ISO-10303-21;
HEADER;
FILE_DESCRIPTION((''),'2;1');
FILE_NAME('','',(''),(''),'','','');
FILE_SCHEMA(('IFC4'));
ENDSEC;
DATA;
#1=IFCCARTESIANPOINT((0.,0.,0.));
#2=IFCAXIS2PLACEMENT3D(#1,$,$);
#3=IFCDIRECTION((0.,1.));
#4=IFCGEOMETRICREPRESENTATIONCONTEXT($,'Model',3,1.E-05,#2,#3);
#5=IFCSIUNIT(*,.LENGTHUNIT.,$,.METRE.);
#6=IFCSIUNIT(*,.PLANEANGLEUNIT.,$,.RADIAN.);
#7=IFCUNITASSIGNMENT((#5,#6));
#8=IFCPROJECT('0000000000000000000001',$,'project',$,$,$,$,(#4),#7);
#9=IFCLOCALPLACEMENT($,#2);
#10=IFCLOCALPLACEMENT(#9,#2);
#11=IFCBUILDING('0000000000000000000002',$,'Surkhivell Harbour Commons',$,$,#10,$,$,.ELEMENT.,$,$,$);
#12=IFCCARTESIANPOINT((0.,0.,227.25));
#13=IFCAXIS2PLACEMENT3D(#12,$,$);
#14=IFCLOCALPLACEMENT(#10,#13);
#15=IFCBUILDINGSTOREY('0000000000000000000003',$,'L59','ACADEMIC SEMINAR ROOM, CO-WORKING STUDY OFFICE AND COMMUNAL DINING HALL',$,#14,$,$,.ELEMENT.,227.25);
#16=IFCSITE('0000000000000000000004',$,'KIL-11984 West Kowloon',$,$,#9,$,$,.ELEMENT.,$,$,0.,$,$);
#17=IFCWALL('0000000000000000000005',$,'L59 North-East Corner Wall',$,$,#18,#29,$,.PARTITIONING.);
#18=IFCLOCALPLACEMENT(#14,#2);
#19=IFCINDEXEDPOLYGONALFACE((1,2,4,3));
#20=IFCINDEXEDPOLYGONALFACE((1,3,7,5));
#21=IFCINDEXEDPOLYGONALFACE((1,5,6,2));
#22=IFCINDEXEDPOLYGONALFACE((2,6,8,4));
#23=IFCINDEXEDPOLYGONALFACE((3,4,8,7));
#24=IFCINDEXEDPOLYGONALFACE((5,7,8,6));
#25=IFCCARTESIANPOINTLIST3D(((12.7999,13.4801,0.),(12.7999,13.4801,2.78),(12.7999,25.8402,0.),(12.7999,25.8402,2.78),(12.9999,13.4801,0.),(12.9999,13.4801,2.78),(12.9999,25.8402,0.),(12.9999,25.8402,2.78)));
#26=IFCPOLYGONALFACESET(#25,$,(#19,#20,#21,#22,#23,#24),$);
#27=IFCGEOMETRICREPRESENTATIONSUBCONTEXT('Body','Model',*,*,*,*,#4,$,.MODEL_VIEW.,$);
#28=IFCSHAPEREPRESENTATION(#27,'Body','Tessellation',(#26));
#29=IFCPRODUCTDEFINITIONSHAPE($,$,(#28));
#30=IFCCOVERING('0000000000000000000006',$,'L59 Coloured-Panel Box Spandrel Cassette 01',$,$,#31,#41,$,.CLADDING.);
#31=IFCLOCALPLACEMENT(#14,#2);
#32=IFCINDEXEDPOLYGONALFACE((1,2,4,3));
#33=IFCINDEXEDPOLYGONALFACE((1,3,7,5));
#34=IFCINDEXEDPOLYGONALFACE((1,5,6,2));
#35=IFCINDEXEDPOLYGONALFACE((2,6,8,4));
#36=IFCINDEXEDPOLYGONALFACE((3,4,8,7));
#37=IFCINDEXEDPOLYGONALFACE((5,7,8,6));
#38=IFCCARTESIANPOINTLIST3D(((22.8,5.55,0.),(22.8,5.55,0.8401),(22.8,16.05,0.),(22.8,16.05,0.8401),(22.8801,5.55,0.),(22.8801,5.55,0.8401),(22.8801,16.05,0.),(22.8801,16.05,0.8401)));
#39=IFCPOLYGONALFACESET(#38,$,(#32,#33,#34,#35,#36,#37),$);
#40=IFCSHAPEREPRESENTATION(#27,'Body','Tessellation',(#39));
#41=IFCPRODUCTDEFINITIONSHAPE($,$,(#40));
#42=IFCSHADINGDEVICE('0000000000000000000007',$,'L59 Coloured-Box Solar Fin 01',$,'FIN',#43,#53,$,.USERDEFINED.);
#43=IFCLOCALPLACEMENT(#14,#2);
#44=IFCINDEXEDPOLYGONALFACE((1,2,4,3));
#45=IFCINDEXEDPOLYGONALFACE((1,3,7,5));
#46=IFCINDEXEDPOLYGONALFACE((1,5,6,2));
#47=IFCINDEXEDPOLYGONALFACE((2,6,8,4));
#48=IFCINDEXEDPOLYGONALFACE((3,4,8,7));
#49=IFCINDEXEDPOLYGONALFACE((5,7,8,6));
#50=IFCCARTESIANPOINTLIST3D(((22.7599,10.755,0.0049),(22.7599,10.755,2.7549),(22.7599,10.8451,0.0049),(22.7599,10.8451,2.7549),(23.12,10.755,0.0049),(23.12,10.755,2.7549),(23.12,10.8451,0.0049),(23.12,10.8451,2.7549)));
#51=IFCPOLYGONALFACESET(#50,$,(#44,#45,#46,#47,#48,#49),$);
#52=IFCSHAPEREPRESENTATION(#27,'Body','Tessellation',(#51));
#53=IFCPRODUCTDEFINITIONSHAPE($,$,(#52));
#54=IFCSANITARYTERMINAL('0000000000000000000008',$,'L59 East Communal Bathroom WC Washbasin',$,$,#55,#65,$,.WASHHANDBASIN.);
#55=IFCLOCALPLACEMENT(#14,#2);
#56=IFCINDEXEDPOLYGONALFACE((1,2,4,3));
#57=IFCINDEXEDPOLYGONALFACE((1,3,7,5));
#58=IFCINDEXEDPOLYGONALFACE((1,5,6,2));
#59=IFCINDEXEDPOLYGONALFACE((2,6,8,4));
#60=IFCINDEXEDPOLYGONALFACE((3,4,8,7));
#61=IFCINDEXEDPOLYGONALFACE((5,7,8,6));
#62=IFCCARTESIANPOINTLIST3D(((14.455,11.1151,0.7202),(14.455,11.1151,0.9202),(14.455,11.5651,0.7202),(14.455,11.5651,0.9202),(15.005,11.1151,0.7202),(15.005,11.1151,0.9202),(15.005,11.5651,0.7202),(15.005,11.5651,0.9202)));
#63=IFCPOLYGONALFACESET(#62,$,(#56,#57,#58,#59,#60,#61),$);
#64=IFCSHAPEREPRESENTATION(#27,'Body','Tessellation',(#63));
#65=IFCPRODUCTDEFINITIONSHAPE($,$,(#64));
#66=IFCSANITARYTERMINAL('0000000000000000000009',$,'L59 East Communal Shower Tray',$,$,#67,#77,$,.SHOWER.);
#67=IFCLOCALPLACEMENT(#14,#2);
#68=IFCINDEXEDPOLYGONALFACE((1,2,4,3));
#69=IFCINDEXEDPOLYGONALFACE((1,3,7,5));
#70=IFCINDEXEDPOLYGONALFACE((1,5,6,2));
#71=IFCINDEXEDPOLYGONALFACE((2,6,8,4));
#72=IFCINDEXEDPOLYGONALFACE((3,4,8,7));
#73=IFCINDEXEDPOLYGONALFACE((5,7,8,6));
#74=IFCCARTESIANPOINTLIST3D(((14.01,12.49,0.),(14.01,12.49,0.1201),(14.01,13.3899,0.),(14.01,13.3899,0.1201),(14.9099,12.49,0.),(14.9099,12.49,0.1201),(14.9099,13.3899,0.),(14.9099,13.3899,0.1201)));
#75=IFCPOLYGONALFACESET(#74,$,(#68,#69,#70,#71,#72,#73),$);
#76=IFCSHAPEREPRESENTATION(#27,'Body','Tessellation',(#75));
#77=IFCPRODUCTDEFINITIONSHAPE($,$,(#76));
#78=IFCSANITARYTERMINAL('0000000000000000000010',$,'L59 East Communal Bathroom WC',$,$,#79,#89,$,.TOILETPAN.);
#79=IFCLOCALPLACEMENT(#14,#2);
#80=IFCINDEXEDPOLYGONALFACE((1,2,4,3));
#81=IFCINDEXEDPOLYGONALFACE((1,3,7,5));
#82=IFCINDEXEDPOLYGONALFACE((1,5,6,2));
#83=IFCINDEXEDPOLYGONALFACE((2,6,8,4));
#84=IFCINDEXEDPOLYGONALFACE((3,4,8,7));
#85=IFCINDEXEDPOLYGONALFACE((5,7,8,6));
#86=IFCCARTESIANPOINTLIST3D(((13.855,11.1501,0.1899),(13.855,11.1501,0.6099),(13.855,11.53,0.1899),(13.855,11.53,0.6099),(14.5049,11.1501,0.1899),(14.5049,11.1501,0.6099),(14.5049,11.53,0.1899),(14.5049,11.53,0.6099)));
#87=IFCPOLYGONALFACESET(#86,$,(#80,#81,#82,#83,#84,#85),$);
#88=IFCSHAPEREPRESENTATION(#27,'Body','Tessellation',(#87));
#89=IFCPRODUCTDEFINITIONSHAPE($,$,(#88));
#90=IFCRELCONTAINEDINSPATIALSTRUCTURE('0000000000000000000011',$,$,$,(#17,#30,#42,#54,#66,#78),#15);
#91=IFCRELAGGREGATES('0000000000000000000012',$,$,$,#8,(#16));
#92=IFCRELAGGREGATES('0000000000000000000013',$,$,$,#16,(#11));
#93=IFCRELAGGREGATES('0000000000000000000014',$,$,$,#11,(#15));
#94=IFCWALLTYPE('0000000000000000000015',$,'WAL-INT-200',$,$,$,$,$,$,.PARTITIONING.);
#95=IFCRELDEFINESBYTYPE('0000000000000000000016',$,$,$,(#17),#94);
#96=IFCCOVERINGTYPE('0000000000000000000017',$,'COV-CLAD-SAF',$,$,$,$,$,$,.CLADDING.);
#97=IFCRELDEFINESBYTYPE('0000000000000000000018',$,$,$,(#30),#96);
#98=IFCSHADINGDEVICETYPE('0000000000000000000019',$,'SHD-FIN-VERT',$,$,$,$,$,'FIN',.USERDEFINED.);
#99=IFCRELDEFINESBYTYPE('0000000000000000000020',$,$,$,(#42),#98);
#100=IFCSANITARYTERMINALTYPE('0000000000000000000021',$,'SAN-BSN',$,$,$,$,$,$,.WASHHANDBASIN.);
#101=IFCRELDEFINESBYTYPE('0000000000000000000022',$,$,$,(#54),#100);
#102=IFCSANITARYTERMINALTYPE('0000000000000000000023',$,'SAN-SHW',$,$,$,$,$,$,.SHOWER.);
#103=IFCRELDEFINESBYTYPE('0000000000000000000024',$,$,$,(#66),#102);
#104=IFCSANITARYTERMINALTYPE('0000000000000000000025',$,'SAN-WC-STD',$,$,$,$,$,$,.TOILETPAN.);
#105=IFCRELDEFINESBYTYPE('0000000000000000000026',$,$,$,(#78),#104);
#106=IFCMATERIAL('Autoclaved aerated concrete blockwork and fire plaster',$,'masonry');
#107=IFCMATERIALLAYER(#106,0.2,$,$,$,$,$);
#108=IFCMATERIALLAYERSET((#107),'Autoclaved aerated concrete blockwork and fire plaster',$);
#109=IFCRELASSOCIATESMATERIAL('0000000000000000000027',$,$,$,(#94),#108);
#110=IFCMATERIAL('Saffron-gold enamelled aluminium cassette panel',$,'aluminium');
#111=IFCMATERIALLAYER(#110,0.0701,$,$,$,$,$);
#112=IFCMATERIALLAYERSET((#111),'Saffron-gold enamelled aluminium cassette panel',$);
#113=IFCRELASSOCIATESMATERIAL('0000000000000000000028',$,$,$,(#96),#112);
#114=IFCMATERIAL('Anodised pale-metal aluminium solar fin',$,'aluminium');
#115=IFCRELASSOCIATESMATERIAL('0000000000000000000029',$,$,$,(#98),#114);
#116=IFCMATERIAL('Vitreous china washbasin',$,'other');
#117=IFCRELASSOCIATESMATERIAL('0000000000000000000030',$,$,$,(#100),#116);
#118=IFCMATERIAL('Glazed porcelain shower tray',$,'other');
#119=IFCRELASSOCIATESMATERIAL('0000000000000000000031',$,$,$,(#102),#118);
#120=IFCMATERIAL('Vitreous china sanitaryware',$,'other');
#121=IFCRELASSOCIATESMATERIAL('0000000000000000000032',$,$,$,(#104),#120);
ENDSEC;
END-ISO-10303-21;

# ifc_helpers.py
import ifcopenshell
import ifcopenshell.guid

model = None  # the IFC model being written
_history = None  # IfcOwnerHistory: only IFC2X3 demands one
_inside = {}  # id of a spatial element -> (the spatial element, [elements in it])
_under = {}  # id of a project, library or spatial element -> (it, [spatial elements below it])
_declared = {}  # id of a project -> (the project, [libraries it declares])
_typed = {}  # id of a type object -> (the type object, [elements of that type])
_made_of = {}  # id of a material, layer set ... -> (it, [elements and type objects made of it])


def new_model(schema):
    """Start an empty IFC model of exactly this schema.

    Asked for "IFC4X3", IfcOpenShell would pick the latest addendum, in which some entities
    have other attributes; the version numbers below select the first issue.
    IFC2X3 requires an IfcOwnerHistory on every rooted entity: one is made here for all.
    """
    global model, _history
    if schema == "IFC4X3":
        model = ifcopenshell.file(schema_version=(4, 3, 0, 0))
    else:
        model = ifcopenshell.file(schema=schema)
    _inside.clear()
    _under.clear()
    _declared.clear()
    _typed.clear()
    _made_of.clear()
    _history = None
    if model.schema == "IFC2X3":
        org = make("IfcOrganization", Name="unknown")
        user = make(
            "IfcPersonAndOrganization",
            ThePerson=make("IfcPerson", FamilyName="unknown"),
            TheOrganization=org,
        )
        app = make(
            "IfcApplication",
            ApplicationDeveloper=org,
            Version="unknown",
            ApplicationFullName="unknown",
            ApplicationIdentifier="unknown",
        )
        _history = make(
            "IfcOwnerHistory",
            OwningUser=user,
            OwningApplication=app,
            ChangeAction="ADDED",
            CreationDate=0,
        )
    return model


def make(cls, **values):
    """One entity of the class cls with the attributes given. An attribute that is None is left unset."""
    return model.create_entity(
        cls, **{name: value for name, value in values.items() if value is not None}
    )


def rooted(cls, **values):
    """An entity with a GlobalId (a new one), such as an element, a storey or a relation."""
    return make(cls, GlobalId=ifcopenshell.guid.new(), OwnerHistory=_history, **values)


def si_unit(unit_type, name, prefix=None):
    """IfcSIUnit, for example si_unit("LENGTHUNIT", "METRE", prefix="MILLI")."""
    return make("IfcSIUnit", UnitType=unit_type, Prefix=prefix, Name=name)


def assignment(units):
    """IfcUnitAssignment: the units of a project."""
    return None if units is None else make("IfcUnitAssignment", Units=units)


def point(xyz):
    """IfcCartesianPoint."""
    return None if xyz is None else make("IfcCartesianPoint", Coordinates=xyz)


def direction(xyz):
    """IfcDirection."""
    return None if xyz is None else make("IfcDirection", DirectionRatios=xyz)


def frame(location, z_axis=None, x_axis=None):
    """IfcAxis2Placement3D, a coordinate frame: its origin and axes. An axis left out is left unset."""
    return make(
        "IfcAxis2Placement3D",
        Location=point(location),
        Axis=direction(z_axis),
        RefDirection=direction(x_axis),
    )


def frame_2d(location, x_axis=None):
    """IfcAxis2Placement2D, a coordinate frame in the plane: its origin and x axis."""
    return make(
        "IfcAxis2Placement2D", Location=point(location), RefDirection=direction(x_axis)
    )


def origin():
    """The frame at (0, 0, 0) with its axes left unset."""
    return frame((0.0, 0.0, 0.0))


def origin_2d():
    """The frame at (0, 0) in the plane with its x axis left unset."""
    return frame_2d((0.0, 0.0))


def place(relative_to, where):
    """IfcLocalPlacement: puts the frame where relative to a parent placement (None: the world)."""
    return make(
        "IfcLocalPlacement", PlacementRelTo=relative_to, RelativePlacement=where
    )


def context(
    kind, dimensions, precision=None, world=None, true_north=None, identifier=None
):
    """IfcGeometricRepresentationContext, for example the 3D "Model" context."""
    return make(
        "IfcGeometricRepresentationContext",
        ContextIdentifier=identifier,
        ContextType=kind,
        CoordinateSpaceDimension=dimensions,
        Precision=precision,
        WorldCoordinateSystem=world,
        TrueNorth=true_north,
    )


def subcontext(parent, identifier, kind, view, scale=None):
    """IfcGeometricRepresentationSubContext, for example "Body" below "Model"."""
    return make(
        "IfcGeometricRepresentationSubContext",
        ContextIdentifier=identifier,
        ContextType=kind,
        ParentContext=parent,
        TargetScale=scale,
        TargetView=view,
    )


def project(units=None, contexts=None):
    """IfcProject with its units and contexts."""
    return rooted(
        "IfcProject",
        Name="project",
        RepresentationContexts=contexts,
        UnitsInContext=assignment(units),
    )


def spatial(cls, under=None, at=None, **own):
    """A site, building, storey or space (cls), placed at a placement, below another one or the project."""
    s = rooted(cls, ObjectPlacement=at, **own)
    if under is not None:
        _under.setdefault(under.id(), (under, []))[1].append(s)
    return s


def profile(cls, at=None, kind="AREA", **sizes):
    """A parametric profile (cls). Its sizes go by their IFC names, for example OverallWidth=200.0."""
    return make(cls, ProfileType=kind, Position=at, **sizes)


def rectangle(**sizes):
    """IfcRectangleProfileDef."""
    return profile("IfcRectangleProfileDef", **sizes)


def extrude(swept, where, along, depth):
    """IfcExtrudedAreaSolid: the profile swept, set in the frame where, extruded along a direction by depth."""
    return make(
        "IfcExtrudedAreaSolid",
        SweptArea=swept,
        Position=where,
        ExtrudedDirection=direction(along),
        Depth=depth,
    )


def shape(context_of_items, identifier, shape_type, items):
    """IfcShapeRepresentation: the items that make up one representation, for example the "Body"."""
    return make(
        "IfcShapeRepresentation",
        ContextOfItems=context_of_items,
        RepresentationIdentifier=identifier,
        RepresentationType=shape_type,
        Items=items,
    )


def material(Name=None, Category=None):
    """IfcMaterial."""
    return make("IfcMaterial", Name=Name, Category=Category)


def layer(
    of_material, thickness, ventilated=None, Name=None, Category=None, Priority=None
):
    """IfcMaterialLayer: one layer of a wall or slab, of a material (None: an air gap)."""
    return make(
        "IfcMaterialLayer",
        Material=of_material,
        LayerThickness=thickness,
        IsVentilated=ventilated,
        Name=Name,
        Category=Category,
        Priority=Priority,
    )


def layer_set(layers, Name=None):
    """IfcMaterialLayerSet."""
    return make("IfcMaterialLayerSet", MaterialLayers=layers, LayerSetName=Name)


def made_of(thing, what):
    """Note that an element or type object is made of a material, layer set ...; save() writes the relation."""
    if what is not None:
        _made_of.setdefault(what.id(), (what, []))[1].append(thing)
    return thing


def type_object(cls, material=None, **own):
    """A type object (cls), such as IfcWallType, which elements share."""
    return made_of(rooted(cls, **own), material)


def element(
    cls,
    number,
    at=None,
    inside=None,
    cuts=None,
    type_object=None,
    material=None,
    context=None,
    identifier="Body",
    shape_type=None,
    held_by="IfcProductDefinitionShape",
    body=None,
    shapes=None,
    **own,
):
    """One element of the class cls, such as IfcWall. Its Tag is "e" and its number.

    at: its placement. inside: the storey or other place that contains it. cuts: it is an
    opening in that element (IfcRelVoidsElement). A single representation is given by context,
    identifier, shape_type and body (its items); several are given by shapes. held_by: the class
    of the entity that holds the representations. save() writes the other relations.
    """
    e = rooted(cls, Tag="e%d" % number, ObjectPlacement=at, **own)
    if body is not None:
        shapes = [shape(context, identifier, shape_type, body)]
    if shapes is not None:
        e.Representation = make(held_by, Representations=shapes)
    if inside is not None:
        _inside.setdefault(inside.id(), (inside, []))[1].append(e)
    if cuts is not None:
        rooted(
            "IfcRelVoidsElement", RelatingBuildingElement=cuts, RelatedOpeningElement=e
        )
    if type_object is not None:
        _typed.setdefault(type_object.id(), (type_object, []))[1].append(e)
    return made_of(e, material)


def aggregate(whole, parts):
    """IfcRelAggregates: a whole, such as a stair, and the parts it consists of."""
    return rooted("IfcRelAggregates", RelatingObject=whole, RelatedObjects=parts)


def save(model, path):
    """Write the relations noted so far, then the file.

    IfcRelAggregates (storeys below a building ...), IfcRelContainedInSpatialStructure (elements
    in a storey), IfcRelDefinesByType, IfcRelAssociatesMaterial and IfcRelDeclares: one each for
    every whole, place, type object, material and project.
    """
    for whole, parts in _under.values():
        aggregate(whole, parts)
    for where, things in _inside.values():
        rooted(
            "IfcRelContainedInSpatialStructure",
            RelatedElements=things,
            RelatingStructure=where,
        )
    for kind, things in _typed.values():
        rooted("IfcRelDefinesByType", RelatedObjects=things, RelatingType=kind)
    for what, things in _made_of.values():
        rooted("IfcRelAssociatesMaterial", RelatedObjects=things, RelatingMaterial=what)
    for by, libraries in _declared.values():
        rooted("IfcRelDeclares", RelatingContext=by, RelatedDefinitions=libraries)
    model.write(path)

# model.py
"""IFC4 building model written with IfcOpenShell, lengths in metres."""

from ifc_helpers import new_model, si_unit, direction, frame, frame_2d, origin, origin_2d, place, context, subcontext, project, spatial, rectangle, extrude, material, layer, layer_set, type_object, element, save


model = new_model("IFC4")

# Units and contexts
model_context = context("Model", 3, precision=1e-05, world=origin(), true_north=direction((0.0, 1.0)))
body_context = subcontext(model_context, "Body", "Model", "MODEL_VIEW")
ifc_project = project(units=[si_unit("LENGTHUNIT", "METRE"), si_unit("PLANEANGLEUNIT", "RADIAN")], contexts=[model_context])

# Site, building, storey
site_placement = place(None, origin())
site = spatial("IfcSite", under=ifc_project, at=site_placement, Name="KIL-11984 West Kowloon", CompositionType="ELEMENT", RefElevation=0.0)
building_placement = place(site_placement, origin())
building = spatial("IfcBuilding", under=site, at=building_placement, Name="Surkhivell Harbour Commons", CompositionType="ELEMENT")
storey_placement = place(building_placement, frame((0.0, 0.0, 227.25)))
storey = spatial("IfcBuildingStorey", under=building, at=storey_placement, Name="L59", Description="ACADEMIC SEMINAR ROOM, CO-WORKING STUDY OFFICE AND COMMUNAL DINING HALL", CompositionType="ELEMENT", Elevation=227.25)

# Wall
ifc_material_1 = material(Name="Autoclaved aerated concrete blockwork and fire plaster", Category="masonry")
ifc_layer_1 = layer(ifc_material_1, 0.2)
ifc_layer_set_1 = layer_set([ifc_layer_1], Name="Autoclaved aerated concrete blockwork and fire plaster")
wall_type_1 = type_object("IfcWallType", Name="WAL-INT-200", PredefinedType="PARTITIONING", material=ifc_layer_set_1)
wall_1_placement = place(storey_placement, frame((12.8999, 13.48, 0.0), z_axis=(0.0, 0.0, 1.0), x_axis=(0.0, 1.0, 0.0)))
element("IfcWall", 1, at=wall_1_placement, inside=storey, type_object=wall_type_1, Name="L59 North-East Corner Wall", PredefinedType="PARTITIONING", context=body_context, shape_type="SweptSolid", body=[
    extrude(rectangle(XDim=12.3601, YDim=0.2, at=frame_2d((6.1802, 0.0))), origin(), (0.0, 0.0, 1.0), 2.78),
])

# Covering
ifc_material_2 = material(Name="Saffron-gold enamelled aluminium cassette panel", Category="aluminium")
ifc_layer_2 = layer(ifc_material_2, 0.0701)
ifc_layer_set_2 = layer_set([ifc_layer_2], Name="Saffron-gold enamelled aluminium cassette panel")
covering_type = type_object("IfcCoveringType", Name="COV-CLAD-SAF", PredefinedType="CLADDING", material=ifc_layer_set_2)
covering_placement = place(storey_placement, frame((22.8401, 10.8, 0.0), z_axis=(0.0, 0.0, 1.0), x_axis=(1.0, 0.0, 0.0)))
element("IfcCovering", 2, at=covering_placement, inside=storey, type_object=covering_type, Name="L59 Coloured-Panel Box Spandrel Cassette 01", PredefinedType="CLADDING", context=body_context, shape_type="SweptSolid", body=[
    extrude(rectangle(XDim=0.0801, YDim=10.5, at=origin_2d()), origin(), (0.0, 0.0, 1.0), 0.8401),
])

# Shading device
ifc_material_3 = material(Name="Anodised pale-metal aluminium solar fin", Category="aluminium")
shading_device_type = type_object("IfcShadingDeviceType", Name="SHD-FIN-VERT", ElementType="FIN", PredefinedType="USERDEFINED", material=ifc_material_3)
shading_device_placement = place(storey_placement, frame((22.9399, 10.8, 0.0049), z_axis=(0.0, 0.0, 1.0), x_axis=(1.0, 0.0, 0.0)))
element("IfcShadingDevice", 3, at=shading_device_placement, inside=storey, type_object=shading_device_type, Name="L59 Coloured-Box Solar Fin 01", ObjectType="FIN", PredefinedType="USERDEFINED", context=body_context, shape_type="SweptSolid", body=[
    extrude(rectangle(XDim=0.3601, YDim=0.0901, at=origin_2d()), origin(), (0.0, 0.0, 1.0), 2.75),
])

# Sanitary terminals
ifc_material_4 = material(Name="Vitreous china washbasin", Category="other")
sanitary_terminal_type_1 = type_object("IfcSanitaryTerminalType", Name="SAN-BSN", PredefinedType="WASHHANDBASIN", material=ifc_material_4)
sanitary_terminal_1_placement = place(storey_placement, frame((14.73, 11.3401, 0.7202), z_axis=(0.0, 0.0, 1.0), x_axis=(1.0, 0.0, 0.0)))
element("IfcSanitaryTerminal", 4, at=sanitary_terminal_1_placement, inside=storey, type_object=sanitary_terminal_type_1, Name="L59 East Communal Bathroom WC Washbasin", PredefinedType="WASHHANDBASIN", context=body_context, shape_type="SweptSolid", body=[
    extrude(rectangle(XDim=0.55, YDim=0.45, at=origin_2d()), origin(), (0.0, 0.0, 1.0), 0.2),
])
ifc_material_5 = material(Name="Glazed porcelain shower tray", Category="other")
sanitary_terminal_type_2 = type_object("IfcSanitaryTerminalType", Name="SAN-SHW", PredefinedType="SHOWER", material=ifc_material_5)
sanitary_terminal_2_placement = place(storey_placement, frame((14.46, 12.9399, 0.0), z_axis=(0.0, 0.0, 1.0), x_axis=(1.0, 0.0, 0.0)))
element("IfcSanitaryTerminal", 5, at=sanitary_terminal_2_placement, inside=storey, type_object=sanitary_terminal_type_2, Name="L59 East Communal Shower Tray", PredefinedType="SHOWER", context=body_context, shape_type="SweptSolid", body=[
    extrude(rectangle(XDim=0.8999, YDim=0.8999, at=origin_2d()), origin(), (0.0, 0.0, 1.0), 0.1201),
])
ifc_material_6 = material(Name="Vitreous china sanitaryware", Category="other")
sanitary_terminal_type_3 = type_object("IfcSanitaryTerminalType", Name="SAN-WC-STD", PredefinedType="TOILETPAN", material=ifc_material_6)
sanitary_terminal_3_placement = place(storey_placement, frame((14.1799, 11.3401, 0.1899), z_axis=(0.0, 0.0, 1.0), x_axis=(1.0, 0.0, 0.0)))
element("IfcSanitaryTerminal", 6, at=sanitary_terminal_3_placement, inside=storey, type_object=sanitary_terminal_type_3, Name="L59 East Communal Bathroom WC", PredefinedType="TOILETPAN", context=body_context, shape_type="SweptSolid", body=[
    extrude(rectangle(XDim=0.6499, YDim=0.3799, at=origin_2d()), origin(), (0.0, 0.0, 1.0), 0.4199),
])

save(model, "model.ifc")
